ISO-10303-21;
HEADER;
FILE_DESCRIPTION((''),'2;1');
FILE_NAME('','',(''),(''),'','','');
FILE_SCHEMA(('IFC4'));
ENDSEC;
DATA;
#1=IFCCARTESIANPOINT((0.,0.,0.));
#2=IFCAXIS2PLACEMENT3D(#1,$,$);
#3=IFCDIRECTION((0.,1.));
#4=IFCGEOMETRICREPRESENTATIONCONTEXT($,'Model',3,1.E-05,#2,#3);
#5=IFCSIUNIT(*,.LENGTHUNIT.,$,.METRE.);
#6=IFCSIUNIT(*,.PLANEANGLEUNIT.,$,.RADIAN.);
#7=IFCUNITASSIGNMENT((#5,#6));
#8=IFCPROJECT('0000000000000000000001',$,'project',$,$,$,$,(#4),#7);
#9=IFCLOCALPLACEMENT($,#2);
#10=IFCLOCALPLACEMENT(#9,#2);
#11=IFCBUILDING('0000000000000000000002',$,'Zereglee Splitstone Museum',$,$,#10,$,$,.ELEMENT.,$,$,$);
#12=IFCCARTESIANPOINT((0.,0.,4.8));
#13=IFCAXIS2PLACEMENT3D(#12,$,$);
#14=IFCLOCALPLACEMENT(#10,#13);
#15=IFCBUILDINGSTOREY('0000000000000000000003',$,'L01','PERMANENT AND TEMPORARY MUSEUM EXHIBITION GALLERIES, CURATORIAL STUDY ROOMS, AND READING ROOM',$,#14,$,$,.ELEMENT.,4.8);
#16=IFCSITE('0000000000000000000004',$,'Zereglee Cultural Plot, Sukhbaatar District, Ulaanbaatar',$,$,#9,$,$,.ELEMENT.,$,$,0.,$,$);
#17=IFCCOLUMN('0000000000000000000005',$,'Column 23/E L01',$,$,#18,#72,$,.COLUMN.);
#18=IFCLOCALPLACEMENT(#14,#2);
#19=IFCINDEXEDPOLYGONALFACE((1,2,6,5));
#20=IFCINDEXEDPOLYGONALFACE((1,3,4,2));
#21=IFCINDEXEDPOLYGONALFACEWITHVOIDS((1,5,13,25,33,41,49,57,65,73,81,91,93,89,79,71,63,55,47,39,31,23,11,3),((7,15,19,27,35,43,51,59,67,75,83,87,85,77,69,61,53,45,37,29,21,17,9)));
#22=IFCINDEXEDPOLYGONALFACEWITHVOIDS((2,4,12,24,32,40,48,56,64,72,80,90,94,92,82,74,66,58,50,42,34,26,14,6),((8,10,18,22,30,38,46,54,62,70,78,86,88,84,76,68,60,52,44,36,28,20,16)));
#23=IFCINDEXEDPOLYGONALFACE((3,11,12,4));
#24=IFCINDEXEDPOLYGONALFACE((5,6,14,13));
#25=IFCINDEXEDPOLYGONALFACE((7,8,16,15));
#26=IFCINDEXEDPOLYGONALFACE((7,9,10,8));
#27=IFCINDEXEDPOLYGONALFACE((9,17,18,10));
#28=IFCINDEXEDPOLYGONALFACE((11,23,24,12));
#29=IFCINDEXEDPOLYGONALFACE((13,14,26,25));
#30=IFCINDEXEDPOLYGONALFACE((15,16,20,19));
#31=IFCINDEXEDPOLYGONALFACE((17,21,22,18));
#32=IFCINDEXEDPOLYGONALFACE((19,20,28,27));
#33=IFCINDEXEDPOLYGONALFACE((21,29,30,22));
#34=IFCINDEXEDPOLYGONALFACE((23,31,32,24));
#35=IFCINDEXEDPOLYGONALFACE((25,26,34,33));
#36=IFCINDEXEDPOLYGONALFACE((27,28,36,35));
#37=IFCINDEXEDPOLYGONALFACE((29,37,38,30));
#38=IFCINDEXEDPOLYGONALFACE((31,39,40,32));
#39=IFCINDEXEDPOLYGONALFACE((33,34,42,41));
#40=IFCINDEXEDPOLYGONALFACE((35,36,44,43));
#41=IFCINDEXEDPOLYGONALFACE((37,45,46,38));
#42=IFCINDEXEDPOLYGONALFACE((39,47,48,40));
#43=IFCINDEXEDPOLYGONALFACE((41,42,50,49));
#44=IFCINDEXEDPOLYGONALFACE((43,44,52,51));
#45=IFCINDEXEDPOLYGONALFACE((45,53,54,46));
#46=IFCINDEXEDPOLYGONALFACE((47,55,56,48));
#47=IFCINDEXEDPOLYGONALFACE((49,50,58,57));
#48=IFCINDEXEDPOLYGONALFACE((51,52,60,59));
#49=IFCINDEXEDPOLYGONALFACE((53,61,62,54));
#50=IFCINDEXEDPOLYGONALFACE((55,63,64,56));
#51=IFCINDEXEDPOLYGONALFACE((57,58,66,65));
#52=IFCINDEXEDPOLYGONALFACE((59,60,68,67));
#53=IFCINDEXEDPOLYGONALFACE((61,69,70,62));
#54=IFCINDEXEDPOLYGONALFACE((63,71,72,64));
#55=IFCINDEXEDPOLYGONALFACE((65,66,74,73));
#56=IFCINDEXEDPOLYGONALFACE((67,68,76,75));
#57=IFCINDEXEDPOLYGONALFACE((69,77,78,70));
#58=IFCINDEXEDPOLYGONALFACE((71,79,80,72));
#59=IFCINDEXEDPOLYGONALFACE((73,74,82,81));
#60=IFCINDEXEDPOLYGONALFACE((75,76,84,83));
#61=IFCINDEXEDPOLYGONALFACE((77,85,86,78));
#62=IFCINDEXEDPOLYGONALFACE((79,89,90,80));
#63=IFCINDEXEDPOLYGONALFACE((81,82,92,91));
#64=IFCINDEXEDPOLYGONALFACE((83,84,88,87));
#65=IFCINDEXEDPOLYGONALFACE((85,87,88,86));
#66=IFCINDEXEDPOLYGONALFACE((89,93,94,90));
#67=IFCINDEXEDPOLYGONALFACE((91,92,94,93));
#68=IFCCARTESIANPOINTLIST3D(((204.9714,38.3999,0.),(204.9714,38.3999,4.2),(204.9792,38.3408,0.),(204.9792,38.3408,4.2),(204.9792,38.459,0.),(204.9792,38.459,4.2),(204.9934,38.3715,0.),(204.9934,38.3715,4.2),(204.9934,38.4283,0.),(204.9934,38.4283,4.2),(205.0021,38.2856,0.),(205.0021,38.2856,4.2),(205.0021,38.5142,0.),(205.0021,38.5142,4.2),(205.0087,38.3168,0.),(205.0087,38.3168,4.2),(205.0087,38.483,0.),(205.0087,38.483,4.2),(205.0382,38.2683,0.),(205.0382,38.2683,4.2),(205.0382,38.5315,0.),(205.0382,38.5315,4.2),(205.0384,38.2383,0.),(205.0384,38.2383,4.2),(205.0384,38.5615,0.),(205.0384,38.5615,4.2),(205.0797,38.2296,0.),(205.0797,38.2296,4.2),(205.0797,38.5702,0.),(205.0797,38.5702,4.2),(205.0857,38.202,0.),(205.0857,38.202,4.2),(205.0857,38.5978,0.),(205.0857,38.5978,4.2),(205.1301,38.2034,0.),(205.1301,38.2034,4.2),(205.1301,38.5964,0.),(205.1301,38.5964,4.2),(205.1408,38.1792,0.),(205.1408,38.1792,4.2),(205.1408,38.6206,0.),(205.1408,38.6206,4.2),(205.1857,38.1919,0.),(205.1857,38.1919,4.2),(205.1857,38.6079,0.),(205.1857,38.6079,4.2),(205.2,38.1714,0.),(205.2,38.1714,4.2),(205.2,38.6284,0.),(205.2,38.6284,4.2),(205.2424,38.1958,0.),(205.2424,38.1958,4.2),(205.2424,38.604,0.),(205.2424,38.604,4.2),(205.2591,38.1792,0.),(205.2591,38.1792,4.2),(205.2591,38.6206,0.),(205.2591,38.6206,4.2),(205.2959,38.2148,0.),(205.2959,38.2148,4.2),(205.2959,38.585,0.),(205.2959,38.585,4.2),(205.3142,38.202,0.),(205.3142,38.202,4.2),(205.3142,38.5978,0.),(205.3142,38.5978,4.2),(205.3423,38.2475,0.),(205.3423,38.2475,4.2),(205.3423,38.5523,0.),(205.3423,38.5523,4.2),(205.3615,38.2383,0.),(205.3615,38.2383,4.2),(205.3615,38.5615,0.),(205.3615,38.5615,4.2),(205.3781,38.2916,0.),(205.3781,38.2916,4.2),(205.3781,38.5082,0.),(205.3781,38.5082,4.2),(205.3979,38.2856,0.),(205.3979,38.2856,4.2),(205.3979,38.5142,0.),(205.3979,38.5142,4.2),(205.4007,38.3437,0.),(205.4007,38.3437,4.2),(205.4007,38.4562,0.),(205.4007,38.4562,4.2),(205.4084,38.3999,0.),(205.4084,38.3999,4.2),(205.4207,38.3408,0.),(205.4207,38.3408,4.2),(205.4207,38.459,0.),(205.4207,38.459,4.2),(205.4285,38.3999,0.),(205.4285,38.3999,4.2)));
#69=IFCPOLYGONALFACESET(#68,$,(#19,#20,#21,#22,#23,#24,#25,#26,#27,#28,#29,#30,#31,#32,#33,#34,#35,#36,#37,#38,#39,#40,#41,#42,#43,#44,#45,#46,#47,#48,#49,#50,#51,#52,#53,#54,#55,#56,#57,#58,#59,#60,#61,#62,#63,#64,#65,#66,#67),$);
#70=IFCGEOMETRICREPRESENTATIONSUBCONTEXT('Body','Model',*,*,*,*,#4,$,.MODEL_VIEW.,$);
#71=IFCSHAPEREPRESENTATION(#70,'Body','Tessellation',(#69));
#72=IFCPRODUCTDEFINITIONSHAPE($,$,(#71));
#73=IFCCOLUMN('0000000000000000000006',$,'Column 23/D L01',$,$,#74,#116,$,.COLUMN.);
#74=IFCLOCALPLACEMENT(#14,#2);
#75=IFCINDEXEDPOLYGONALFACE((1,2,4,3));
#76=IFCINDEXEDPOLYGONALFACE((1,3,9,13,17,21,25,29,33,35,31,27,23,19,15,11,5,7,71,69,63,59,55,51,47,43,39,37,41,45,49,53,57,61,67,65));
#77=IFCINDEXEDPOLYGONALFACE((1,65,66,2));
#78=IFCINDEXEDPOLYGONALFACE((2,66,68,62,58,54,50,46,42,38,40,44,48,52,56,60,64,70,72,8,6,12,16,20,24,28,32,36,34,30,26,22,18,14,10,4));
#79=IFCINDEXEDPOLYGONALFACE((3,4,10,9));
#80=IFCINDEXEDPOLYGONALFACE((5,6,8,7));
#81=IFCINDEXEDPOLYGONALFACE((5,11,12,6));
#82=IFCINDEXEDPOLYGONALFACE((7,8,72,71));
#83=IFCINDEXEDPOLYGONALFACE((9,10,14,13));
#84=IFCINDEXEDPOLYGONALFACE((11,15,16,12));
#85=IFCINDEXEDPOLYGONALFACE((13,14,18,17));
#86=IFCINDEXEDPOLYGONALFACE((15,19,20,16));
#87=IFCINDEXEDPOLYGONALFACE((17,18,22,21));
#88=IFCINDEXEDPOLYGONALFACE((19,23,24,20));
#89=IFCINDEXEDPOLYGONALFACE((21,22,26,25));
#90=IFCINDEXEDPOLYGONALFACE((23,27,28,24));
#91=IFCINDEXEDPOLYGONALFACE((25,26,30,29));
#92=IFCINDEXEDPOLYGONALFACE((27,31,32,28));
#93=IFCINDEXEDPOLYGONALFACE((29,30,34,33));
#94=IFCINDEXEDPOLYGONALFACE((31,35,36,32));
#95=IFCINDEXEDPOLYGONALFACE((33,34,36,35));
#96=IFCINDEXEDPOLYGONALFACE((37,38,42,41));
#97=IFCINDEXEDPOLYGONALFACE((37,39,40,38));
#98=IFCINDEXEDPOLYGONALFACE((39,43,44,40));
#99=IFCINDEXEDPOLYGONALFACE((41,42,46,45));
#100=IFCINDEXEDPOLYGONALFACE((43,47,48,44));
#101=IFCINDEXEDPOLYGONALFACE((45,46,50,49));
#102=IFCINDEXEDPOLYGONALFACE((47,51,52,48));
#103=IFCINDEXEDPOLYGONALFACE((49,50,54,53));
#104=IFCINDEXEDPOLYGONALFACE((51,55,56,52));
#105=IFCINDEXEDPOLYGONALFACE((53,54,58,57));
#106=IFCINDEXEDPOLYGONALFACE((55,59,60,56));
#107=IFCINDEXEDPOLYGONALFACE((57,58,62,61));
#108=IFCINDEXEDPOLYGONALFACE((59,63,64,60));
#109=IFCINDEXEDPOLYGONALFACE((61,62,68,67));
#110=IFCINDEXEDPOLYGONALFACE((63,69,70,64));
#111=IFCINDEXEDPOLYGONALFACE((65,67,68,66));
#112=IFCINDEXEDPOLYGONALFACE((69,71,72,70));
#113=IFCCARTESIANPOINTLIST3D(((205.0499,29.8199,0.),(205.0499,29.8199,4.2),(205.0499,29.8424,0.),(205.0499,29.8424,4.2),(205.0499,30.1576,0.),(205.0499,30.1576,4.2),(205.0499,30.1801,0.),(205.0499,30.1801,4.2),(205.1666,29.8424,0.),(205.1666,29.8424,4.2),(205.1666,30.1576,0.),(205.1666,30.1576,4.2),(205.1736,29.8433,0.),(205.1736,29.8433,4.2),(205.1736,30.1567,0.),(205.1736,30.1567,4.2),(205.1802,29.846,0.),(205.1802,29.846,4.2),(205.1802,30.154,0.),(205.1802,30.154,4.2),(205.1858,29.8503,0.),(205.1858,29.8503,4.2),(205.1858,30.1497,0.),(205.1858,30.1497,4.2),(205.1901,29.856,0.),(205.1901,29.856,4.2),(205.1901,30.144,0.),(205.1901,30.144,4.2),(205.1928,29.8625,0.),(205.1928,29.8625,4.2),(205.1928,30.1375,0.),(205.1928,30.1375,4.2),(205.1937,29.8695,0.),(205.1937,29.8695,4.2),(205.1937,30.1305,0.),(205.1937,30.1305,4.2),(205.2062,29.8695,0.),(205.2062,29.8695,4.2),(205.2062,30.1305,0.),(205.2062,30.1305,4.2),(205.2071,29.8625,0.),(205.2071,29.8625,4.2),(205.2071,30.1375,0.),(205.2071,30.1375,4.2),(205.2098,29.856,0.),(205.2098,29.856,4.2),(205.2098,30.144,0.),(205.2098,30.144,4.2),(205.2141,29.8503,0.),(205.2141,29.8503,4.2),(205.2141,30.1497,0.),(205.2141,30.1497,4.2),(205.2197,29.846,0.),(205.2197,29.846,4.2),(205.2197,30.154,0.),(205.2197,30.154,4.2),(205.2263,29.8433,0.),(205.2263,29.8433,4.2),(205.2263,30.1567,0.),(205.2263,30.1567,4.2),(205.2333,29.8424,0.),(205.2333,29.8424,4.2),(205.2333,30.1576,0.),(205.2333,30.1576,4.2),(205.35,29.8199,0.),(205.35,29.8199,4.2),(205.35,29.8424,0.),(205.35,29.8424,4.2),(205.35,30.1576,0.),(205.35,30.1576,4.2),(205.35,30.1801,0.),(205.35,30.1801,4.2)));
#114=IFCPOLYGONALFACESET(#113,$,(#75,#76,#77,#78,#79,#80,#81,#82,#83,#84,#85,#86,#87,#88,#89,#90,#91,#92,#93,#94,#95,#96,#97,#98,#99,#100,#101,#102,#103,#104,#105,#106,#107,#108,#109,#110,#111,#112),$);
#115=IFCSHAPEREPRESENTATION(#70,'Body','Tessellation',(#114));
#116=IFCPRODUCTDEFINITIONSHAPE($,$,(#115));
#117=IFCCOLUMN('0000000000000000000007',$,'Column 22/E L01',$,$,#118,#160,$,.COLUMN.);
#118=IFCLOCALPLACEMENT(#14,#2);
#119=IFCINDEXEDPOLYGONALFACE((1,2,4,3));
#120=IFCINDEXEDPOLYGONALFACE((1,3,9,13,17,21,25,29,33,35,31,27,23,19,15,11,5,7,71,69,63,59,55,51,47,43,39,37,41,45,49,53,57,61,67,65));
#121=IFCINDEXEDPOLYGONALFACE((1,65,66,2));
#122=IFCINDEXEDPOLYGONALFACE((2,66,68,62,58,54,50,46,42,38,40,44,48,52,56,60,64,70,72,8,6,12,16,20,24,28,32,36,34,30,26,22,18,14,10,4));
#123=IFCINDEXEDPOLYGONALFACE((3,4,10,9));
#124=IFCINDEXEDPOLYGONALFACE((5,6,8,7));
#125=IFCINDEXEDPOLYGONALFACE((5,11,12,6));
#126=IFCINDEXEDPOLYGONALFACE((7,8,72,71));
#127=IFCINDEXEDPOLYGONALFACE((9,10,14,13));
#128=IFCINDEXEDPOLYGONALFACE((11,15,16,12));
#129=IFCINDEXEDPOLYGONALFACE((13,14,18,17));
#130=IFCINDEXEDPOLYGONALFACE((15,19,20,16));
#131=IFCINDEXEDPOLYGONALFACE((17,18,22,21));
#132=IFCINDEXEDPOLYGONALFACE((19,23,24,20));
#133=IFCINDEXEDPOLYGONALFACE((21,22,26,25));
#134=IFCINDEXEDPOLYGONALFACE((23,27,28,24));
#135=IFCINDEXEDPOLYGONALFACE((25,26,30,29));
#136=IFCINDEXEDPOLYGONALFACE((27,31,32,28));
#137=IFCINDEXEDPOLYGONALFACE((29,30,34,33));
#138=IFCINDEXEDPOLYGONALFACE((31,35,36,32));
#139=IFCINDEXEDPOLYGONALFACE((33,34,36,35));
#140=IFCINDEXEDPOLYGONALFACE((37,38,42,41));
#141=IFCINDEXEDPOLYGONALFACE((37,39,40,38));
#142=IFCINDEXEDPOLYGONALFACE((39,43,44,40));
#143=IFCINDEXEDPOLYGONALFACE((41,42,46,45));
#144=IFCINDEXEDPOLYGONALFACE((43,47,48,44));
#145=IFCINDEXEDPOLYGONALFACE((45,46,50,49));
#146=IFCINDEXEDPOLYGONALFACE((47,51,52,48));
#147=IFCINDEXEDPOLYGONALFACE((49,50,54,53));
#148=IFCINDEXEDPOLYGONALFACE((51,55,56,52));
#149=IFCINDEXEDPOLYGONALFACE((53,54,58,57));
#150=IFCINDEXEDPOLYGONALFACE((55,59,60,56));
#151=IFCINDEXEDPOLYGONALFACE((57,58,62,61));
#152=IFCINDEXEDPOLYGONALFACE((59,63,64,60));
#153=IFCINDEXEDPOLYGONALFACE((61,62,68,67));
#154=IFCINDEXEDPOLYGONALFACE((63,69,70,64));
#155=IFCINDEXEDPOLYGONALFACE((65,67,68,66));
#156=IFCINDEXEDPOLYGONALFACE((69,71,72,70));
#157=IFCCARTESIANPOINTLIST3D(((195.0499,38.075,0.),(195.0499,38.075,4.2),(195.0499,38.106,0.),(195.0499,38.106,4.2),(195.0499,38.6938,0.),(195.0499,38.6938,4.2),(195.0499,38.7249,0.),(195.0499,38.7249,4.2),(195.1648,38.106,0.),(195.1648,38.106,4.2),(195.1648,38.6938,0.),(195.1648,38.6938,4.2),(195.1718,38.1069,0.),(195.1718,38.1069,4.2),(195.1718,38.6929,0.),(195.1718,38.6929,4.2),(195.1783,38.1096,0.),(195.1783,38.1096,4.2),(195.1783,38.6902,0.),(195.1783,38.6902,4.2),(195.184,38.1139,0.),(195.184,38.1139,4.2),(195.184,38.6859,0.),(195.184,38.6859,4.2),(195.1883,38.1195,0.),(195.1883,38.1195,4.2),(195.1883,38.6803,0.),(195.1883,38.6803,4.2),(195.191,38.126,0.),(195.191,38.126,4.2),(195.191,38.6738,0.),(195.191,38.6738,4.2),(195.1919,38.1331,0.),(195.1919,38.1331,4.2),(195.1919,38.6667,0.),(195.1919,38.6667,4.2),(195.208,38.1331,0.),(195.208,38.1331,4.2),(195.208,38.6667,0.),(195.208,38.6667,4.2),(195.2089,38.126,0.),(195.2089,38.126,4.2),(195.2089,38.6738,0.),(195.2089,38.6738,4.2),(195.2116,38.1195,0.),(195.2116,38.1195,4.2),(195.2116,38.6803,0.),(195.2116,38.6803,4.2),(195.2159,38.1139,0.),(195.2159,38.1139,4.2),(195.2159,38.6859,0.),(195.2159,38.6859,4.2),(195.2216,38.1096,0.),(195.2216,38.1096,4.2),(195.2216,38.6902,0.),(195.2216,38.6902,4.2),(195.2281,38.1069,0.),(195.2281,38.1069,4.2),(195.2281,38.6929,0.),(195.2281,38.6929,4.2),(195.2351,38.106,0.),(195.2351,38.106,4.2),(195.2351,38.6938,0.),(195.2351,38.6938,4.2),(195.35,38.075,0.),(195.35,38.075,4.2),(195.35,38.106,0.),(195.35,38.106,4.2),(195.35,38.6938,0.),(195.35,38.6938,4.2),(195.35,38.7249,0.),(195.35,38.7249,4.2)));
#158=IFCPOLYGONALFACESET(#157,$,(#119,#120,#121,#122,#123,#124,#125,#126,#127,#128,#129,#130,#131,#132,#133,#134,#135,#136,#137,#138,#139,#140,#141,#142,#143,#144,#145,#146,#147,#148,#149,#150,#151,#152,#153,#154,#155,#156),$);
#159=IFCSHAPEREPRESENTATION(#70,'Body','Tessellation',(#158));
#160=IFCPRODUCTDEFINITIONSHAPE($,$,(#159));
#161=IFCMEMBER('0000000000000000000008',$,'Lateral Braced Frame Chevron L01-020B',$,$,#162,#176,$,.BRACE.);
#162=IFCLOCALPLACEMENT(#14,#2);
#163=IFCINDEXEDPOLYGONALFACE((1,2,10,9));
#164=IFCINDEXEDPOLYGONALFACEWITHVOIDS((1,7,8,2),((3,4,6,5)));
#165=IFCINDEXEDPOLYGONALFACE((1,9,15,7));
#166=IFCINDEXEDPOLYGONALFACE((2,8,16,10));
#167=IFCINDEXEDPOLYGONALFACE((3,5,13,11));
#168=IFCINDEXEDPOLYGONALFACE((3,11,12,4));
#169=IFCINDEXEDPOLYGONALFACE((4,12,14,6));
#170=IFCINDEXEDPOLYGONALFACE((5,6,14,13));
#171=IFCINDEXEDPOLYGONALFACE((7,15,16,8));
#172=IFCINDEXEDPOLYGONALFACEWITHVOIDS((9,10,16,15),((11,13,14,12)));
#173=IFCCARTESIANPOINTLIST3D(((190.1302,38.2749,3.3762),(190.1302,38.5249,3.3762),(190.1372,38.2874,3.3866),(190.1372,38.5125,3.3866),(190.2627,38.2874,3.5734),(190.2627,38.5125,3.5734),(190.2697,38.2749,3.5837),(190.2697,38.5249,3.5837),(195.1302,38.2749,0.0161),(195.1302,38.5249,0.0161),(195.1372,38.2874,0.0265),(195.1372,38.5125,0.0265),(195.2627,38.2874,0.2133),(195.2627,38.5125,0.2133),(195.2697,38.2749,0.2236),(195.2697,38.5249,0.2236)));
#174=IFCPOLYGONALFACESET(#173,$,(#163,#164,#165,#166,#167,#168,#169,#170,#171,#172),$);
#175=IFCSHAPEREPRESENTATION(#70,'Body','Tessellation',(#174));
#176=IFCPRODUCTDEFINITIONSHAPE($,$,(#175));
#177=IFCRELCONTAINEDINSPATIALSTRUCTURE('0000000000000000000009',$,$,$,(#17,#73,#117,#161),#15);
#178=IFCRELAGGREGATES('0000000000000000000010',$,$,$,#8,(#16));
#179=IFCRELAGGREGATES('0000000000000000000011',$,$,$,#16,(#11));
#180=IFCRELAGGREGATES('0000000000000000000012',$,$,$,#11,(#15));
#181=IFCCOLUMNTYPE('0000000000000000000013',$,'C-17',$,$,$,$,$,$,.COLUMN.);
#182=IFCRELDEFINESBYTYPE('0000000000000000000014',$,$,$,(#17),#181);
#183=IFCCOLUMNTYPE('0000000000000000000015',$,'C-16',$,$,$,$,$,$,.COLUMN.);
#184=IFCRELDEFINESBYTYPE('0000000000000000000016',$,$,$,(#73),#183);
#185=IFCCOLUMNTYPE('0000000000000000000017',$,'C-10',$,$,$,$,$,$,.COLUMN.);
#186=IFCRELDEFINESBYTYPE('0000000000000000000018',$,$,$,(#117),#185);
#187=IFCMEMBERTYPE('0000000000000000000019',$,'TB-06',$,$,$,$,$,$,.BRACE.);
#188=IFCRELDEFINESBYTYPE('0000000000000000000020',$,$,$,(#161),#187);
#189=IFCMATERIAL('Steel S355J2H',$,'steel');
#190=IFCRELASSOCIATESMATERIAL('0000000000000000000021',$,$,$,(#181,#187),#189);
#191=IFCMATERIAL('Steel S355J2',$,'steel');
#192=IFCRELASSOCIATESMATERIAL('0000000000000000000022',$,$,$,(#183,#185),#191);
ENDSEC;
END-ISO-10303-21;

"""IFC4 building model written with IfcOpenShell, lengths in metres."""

from ifc_helpers import new_model, si_unit, direction, frame, origin, origin_2d, place, context, subcontext, project, spatial, hollow_rectangle, hollow_circle, i_section, extrude, material, material_profile, profile_set, type_object, element, save


model = new_model("IFC4")

# Units and contexts
model_context = context("Model", 3, precision=1e-05, world=origin(), true_north=direction((0.0, 1.0)))
body_context = subcontext(model_context, "Body", "Model", "MODEL_VIEW")
ifc_project = project(units=[si_unit("LENGTHUNIT", "METRE"), si_unit("PLANEANGLEUNIT", "RADIAN")], contexts=[model_context])

# Site, building, storey
site_placement = place(None, origin())
site = spatial("IfcSite", under=ifc_project, at=site_placement, Name="Zereglee Cultural Plot, Sukhbaatar District, Ulaanbaatar", CompositionType="ELEMENT", RefElevation=0.0)
building_placement = place(site_placement, origin())
building = spatial("IfcBuilding", under=site, at=building_placement, Name="Zereglee Splitstone Museum", CompositionType="ELEMENT")
storey_placement = place(building_placement, frame((0.0, 0.0, 4.8)))
storey = spatial("IfcBuildingStorey", under=building, at=storey_placement, Name="L01", Description="PERMANENT AND TEMPORARY MUSEUM EXHIBITION GALLERIES, CURATORIAL STUDY ROOMS, AND READING ROOM", CompositionType="ELEMENT", Elevation=4.8)

# Columns
ifc_material_1 = material(Name="Steel S355J2H", Category="steel")
ifc_material_profile_1 = material_profile(ifc_material_1, hollow_circle(Radius=0.2285, WallThickness=0.02, at=origin_2d()), Name="CHS 457.0x20")
ifc_profile_set_1 = profile_set([ifc_material_profile_1], Name="Steel S355J2H")
column_type_1 = type_object("IfcColumnType", Name="C-17", PredefinedType="COLUMN", material=ifc_profile_set_1)
column_1_placement = place(storey_placement, frame((205.2, 38.3999, 0.0), z_axis=(0.0, 0.0, 1.0), x_axis=(1.0, 0.0, 0.0)))
element("IfcColumn", 1, at=column_1_placement, inside=storey, type_object=column_type_1, Name="Column 23/E L01", PredefinedType="COLUMN", context=body_context, shape_type="SweptSolid", body=[
    extrude(hollow_circle(Radius=0.2285, WallThickness=0.02, at=origin_2d()), origin(), (0.0, 0.0, 1.0), 4.2),
])
ifc_material_2 = material(Name="Steel S355J2", Category="steel")
ifc_material_profile_2 = material_profile(ifc_material_2, i_section(OverallWidth=0.3, OverallDepth=0.3601, WebThickness=0.0125, FlangeThickness=0.0225, FilletRadius=0.0271, at=origin_2d()), Name="HE 360 B")
ifc_profile_set_2 = profile_set([ifc_material_profile_2], Name="Steel S355J2")
column_type_2 = type_object("IfcColumnType", Name="C-16", PredefinedType="COLUMN", material=ifc_profile_set_2)
column_2_placement = place(storey_placement, frame((205.2, 30.0, 0.0), z_axis=(0.0, 0.0, 1.0), x_axis=(1.0, 0.0, 0.0)))
element("IfcColumn", 2, at=column_2_placement, inside=storey, type_object=column_type_2, Name="Column 23/D L01", PredefinedType="COLUMN", context=body_context, shape_type="SweptSolid", body=[
    extrude(i_section(OverallWidth=0.3, OverallDepth=0.3601, WebThickness=0.0125, FlangeThickness=0.0225, FilletRadius=0.0271, at=origin_2d()), origin(), (0.0, 0.0, 1.0), 4.2),
])
ifc_material_profile_3 = material_profile(ifc_material_2, i_section(OverallWidth=0.3, OverallDepth=0.6499, WebThickness=0.0161, FlangeThickness=0.031, FilletRadius=0.0271, at=origin_2d()), Name="HE 650 B")
ifc_profile_set_3 = profile_set([ifc_material_profile_3], Name="Steel S355J2")
column_type_3 = type_object("IfcColumnType", Name="C-10", PredefinedType="COLUMN", material=ifc_profile_set_3)
column_3_placement = place(storey_placement, frame((195.2, 38.3999, 0.0), z_axis=(0.0, 0.0, 1.0), x_axis=(1.0, 0.0, 0.0)))
element("IfcColumn", 3, at=column_3_placement, inside=storey, type_object=column_type_3, Name="Column 22/E L01", PredefinedType="COLUMN", context=body_context, shape_type="SweptSolid", body=[
    extrude(i_section(OverallWidth=0.3, OverallDepth=0.6499, WebThickness=0.0161, FlangeThickness=0.031, FilletRadius=0.0271, at=origin_2d()), origin(), (0.0, 0.0, 1.0), 4.2),
])

# Member
ifc_material_profile_4 = material_profile(ifc_material_1, hollow_rectangle(XDim=0.25, YDim=0.25, WallThickness=0.0125, at=origin_2d()), Name="SHS 250x250x12.5")
ifc_profile_set_4 = profile_set([ifc_material_profile_4], Name="Steel S355J2H")
member_type_1 = type_object("IfcMemberType", Name="TB-06", PredefinedType="BRACE", material=ifc_profile_set_4)
member_1_placement = place(storey_placement, frame((195.2, 38.3999, 0.1199), z_axis=(-0.829993, 0.0, 0.557773), x_axis=(0.0, -1.0, 0.0)))
element("IfcMember", 4, at=member_1_placement, inside=storey, type_object=member_type_1, Name="Lateral Braced Frame Chevron L01-020B", PredefinedType="BRACE", context=body_context, shape_type="SweptSolid", body=[
    extrude(hollow_rectangle(XDim=0.25, YDim=0.25, WallThickness=0.0125, at=origin_2d()), origin(), (0.0, 0.0, 1.0), 6.0242),
])

save(model, "model.ifc")
